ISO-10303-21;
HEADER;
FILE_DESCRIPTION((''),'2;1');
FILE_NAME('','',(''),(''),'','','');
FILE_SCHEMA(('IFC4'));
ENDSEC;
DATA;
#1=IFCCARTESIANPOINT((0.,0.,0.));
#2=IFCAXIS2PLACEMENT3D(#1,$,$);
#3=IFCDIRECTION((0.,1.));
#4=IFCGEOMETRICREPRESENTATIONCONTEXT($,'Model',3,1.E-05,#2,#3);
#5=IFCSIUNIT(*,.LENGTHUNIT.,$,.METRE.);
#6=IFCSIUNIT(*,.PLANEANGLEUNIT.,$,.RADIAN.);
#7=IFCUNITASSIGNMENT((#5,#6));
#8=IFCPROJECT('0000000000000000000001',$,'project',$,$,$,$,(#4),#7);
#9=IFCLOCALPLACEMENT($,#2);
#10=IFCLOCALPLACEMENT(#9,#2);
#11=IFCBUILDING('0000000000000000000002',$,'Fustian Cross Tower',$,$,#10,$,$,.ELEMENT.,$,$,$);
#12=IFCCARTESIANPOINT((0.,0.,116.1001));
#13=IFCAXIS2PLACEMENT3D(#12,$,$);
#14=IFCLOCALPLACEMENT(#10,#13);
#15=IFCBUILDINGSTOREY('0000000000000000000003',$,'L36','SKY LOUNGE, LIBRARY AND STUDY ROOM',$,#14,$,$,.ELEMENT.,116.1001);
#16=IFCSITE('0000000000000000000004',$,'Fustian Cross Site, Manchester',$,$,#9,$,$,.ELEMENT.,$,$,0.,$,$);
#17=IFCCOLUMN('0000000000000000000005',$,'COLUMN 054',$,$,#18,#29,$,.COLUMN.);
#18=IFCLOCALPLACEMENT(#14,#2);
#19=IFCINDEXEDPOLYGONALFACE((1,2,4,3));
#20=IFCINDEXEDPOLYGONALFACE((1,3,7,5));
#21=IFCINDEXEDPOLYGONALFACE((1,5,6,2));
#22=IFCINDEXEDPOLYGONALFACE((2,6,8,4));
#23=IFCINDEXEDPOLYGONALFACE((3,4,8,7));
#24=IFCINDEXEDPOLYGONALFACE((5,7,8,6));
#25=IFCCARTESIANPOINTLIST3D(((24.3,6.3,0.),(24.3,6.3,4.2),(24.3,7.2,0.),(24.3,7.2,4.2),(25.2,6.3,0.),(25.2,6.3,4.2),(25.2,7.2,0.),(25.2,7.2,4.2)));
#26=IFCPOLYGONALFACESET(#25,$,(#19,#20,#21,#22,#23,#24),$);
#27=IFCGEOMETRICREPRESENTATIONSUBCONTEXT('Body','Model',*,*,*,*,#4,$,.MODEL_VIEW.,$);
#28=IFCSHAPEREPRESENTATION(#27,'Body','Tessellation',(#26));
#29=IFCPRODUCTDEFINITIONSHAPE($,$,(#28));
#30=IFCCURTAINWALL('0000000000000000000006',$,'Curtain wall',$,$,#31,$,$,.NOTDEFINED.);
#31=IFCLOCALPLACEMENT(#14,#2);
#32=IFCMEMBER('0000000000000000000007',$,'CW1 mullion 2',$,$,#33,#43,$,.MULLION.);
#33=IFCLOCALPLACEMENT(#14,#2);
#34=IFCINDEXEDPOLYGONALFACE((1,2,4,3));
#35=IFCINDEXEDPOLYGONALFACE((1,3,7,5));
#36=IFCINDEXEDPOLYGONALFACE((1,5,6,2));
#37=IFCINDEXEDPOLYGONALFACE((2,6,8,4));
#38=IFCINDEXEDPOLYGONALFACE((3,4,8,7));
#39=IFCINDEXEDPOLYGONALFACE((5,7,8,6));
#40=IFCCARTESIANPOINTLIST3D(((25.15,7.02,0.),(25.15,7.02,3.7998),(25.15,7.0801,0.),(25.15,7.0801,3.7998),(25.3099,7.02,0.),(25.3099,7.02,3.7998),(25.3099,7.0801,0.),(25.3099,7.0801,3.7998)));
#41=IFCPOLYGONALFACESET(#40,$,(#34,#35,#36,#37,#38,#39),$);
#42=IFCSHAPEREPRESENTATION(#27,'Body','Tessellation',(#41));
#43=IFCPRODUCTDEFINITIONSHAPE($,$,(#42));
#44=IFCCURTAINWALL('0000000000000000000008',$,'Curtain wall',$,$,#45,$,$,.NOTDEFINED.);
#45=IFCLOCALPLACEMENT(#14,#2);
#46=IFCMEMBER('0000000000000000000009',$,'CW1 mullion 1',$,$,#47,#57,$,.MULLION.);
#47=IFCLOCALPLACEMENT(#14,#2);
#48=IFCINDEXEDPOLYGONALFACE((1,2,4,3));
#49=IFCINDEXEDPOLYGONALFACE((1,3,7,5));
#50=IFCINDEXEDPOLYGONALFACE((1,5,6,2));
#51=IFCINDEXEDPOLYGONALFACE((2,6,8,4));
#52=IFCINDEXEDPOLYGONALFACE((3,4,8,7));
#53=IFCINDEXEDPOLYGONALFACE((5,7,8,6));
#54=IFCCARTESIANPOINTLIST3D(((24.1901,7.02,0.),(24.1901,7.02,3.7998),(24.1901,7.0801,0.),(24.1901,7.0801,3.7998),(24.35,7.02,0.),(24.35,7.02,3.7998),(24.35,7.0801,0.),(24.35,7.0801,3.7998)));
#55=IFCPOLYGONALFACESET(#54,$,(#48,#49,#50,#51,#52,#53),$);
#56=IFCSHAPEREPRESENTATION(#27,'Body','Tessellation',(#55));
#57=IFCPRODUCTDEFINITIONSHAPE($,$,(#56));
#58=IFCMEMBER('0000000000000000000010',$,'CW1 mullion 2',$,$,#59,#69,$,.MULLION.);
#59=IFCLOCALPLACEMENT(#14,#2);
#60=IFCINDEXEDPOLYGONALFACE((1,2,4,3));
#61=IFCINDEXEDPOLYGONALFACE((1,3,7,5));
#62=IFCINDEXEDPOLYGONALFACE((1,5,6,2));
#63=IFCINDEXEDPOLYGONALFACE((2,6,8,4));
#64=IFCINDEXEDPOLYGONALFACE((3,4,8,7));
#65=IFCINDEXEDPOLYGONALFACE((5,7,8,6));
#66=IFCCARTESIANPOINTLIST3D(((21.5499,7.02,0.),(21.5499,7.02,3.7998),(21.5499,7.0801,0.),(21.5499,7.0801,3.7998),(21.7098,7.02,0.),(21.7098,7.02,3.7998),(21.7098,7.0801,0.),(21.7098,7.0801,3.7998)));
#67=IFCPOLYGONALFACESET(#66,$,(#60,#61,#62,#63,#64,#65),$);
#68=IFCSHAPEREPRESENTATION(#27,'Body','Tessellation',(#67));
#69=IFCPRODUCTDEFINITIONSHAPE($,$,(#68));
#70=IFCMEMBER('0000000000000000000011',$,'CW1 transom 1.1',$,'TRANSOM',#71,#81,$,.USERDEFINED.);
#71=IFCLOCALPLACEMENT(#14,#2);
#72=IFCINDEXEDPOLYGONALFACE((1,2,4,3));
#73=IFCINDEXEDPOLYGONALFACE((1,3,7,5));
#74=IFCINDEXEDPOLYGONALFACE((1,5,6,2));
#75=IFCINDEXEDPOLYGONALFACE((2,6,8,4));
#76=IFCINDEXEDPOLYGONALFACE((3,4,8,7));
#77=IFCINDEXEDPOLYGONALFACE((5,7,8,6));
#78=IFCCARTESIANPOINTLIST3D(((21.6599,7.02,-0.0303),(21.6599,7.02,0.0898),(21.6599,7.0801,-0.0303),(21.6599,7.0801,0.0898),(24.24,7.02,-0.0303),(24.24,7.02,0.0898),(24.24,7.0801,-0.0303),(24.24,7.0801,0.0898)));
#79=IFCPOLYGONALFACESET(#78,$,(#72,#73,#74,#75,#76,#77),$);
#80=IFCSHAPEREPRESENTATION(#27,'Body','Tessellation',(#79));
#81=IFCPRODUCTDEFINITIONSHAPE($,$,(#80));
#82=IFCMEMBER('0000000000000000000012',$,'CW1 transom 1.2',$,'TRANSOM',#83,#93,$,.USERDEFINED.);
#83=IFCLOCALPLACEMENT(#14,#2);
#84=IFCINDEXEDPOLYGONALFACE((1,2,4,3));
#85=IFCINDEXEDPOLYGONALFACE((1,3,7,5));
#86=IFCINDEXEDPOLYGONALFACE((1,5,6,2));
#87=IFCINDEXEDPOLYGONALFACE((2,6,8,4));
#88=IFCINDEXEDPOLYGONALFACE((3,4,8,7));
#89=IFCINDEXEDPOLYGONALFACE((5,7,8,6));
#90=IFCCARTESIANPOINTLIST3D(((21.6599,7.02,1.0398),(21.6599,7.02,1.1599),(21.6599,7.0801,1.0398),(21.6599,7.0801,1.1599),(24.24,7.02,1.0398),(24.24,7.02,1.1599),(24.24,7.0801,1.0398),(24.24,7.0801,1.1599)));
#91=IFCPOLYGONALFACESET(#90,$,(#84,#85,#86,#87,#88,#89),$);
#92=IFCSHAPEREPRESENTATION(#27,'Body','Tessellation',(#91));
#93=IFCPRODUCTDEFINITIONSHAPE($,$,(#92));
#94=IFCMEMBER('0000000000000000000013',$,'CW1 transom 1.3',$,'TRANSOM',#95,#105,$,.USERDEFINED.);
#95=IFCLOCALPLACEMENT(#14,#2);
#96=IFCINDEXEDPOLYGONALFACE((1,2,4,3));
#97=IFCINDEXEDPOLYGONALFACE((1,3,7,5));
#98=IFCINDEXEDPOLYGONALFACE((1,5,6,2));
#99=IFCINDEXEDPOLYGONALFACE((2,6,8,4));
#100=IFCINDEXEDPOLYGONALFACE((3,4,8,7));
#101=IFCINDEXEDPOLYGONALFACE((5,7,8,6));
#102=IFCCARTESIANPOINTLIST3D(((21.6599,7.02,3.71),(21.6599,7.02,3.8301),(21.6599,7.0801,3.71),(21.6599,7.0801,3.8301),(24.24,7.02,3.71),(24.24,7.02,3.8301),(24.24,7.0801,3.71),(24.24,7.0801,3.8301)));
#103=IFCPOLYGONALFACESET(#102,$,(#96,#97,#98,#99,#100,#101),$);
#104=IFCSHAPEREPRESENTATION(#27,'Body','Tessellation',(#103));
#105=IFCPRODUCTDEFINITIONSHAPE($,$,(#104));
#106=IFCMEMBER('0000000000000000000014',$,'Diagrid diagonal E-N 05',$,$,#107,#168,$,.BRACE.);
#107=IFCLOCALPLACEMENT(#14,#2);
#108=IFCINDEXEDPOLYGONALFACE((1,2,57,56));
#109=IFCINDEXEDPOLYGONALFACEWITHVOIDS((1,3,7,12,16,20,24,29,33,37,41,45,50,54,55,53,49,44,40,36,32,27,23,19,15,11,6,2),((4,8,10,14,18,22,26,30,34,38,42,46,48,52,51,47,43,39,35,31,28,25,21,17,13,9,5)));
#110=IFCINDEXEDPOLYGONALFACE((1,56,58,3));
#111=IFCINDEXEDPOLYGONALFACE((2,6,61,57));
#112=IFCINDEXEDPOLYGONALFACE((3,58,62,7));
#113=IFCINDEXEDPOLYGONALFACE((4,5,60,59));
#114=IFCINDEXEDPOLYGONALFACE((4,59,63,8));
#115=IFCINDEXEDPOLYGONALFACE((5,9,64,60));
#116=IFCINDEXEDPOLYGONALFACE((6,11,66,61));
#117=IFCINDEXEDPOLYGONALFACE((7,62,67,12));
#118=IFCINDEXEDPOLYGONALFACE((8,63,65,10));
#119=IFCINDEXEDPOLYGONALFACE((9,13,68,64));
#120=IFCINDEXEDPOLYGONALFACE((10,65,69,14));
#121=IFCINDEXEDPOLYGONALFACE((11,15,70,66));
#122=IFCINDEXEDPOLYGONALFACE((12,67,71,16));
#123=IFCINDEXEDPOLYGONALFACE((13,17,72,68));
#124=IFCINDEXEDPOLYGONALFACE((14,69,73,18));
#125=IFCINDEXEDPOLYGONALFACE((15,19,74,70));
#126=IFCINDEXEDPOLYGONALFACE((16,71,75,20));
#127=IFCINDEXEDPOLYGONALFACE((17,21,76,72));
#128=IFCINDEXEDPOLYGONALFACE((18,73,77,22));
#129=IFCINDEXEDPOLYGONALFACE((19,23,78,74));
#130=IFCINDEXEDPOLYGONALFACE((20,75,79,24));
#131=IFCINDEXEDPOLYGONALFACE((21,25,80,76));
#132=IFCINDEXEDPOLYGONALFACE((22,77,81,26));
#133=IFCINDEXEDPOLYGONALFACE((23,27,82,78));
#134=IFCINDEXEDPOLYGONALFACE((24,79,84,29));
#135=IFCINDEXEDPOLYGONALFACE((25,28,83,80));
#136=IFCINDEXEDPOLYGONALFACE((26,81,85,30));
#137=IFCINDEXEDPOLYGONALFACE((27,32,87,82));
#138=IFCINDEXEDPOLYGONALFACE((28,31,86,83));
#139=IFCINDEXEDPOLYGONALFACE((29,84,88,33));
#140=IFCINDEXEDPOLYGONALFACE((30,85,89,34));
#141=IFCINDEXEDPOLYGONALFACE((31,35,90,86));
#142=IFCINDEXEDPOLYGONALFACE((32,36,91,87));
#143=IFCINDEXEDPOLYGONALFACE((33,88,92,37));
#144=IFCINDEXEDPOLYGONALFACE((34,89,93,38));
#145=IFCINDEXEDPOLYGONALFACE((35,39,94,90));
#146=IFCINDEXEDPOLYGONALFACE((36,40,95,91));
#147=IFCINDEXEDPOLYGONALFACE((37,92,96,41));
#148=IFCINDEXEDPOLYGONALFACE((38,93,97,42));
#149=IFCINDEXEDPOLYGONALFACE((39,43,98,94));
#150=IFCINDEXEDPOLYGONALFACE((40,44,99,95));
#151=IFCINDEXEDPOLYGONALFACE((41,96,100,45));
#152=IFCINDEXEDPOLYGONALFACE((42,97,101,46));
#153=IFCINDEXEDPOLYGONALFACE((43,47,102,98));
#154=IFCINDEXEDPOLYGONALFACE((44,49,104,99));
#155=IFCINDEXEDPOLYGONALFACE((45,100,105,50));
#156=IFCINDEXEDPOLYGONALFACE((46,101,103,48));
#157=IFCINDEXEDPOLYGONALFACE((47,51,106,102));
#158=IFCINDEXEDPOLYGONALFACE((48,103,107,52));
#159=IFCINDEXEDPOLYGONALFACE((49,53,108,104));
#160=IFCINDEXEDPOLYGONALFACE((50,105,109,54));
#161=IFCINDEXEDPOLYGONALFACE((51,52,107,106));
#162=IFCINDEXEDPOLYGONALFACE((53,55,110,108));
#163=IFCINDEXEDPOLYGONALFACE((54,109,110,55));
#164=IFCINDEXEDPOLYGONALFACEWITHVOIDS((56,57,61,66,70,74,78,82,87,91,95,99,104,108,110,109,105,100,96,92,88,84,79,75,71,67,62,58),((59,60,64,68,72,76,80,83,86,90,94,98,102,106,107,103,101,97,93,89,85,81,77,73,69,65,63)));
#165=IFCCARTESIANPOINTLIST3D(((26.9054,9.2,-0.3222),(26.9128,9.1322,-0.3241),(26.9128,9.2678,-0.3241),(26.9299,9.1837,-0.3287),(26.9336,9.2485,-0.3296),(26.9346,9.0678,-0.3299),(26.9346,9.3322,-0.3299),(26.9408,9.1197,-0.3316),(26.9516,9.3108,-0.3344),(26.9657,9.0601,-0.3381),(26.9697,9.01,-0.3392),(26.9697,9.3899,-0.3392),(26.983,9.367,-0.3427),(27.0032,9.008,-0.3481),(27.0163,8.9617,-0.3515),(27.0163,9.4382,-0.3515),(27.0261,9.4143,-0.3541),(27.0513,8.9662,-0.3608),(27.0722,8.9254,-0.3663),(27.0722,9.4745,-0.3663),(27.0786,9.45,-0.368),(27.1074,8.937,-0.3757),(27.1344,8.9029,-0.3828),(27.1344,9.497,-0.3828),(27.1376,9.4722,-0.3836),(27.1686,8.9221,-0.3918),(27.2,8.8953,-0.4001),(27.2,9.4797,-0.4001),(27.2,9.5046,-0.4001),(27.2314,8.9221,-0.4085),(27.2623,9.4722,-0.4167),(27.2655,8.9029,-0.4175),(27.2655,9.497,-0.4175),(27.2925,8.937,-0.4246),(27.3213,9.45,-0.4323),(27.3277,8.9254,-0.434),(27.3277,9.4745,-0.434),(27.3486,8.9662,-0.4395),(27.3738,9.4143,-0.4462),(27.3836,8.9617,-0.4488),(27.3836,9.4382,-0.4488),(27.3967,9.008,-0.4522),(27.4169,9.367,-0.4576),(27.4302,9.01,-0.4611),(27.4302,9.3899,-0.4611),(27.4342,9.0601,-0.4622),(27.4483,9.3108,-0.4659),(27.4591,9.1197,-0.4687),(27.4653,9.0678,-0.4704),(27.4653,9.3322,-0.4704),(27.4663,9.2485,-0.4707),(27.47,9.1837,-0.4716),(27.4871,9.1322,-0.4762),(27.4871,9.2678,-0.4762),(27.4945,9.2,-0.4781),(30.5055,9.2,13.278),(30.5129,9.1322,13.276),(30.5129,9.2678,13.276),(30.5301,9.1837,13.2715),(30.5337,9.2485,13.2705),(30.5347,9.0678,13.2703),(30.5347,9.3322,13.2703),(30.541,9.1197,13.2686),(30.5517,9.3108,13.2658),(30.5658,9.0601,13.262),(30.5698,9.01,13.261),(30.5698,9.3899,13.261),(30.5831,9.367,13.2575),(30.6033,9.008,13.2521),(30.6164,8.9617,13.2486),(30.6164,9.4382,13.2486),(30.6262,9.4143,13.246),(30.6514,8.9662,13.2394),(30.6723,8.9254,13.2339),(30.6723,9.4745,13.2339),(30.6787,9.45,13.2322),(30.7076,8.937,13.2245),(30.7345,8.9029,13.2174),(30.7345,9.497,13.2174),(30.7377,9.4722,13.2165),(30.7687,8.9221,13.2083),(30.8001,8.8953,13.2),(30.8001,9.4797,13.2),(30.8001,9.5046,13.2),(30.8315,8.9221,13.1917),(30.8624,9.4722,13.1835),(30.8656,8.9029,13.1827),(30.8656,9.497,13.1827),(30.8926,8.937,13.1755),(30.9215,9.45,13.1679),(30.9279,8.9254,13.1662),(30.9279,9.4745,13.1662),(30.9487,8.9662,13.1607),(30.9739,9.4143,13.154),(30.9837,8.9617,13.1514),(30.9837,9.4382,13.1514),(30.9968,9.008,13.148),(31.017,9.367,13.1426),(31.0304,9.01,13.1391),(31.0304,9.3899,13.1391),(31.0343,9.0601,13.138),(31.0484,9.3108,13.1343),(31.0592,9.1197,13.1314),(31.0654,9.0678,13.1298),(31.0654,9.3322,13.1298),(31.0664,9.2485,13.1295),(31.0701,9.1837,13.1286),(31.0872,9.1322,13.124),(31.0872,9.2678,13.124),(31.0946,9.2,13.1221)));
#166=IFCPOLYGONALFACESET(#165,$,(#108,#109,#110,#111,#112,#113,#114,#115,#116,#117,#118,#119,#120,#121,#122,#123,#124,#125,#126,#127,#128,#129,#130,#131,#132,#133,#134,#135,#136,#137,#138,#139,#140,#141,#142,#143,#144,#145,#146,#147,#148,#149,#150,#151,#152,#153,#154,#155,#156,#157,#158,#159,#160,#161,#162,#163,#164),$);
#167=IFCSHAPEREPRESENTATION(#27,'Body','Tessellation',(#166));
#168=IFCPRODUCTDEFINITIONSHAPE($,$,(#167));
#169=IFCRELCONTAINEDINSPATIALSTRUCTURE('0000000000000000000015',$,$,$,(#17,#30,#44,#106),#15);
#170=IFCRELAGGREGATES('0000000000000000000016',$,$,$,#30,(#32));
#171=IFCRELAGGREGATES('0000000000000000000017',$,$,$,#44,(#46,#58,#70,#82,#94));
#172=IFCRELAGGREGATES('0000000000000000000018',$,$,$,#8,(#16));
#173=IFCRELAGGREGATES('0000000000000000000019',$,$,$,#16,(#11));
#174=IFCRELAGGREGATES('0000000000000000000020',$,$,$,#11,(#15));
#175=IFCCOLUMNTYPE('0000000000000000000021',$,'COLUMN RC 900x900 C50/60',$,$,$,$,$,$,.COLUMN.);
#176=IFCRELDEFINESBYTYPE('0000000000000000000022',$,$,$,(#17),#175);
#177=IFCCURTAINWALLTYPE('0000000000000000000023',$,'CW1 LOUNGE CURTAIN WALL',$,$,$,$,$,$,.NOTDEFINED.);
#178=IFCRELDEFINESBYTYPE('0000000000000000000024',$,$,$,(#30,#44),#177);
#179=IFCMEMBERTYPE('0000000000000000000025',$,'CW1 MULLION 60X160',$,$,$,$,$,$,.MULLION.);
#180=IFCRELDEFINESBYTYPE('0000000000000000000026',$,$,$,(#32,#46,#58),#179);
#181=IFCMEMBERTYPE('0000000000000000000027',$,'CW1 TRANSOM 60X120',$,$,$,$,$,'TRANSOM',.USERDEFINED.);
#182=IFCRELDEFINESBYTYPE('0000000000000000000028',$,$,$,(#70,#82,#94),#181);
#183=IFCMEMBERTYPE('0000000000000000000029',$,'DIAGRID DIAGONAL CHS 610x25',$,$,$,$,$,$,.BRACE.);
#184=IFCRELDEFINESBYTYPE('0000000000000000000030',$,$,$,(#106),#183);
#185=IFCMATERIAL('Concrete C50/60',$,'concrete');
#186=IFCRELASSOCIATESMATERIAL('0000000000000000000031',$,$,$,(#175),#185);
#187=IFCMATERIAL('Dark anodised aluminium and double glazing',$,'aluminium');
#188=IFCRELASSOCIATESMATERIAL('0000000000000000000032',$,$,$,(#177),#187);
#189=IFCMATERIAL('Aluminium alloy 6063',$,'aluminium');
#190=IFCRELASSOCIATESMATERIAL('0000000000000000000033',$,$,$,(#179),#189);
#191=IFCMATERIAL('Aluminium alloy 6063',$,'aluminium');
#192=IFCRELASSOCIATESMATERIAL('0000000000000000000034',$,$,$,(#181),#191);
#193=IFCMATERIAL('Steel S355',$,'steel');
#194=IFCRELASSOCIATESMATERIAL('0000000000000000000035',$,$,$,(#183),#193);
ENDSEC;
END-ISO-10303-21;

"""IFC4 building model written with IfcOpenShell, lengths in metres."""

from ifc_helpers import new_model, si_unit, direction, frame, origin, origin_2d, place, context, subcontext, project, spatial, rectangle, hollow_circle, extrude, material, material_profile, profile_set, type_object, element, aggregate, save


model = new_model("IFC4")

# Units and contexts
model_context = context("Model", 3, precision=1e-05, world=origin(), true_north=direction((0.0, 1.0)))
body_context = subcontext(model_context, "Body", "Model", "MODEL_VIEW")
ifc_project = project(units=[si_unit("LENGTHUNIT", "METRE"), si_unit("PLANEANGLEUNIT", "RADIAN")], contexts=[model_context])

# Site, building, storey
site_placement = place(None, origin())
site = spatial("IfcSite", under=ifc_project, at=site_placement, Name="Fustian Cross Site, Manchester", CompositionType="ELEMENT", RefElevation=0.0)
building_placement = place(site_placement, origin())
building = spatial("IfcBuilding", under=site, at=building_placement, Name="Fustian Cross Tower", CompositionType="ELEMENT")
storey_placement = place(building_placement, frame((0.0, 0.0, 116.1001)))
storey = spatial("IfcBuildingStorey", under=building, at=storey_placement, Name="L36", Description="SKY LOUNGE, LIBRARY AND STUDY ROOM", CompositionType="ELEMENT", Elevation=116.1001)

# Column
ifc_material_1 = material(Name="Concrete C50/60", Category="concrete")
ifc_material_profile_1 = material_profile(ifc_material_1, rectangle(XDim=0.8999, YDim=0.8999, at=origin_2d()), Name="RC 900x900")
ifc_profile_set_1 = profile_set([ifc_material_profile_1], Name="Concrete C50/60")
column_type = type_object("IfcColumnType", Name="COLUMN RC 900x900 C50/60", PredefinedType="COLUMN", material=ifc_profile_set_1)
column_placement = place(storey_placement, frame((24.75, 6.75, 0.0), z_axis=(0.0, 0.0, 1.0), x_axis=(1.0, 0.0, 0.0)))
element("IfcColumn", 1, at=column_placement, inside=storey, type_object=column_type, Name="COLUMN 054", PredefinedType="COLUMN", context=body_context, shape_type="SweptSolid", body=[
    extrude(rectangle(XDim=0.8999, YDim=0.8999, at=origin_2d()), origin(), (0.0, 0.0, 1.0), 4.2),
])

# Curtain wall, member
ifc_material_2 = material(Name="Dark anodised aluminium and double glazing", Category="aluminium")
curtain_wall_type = type_object("IfcCurtainWallType", Name="CW1 LOUNGE CURTAIN WALL", PredefinedType="NOTDEFINED", material=ifc_material_2)
curtain_wall_1_placement = place(storey_placement, origin())
curtain_wall_1 = element("IfcCurtainWall", 2, at=curtain_wall_1_placement, inside=storey, type_object=curtain_wall_type, Name="Curtain wall", PredefinedType="NOTDEFINED")
ifc_material_3 = material(Name="Aluminium alloy 6063", Category="aluminium")
ifc_material_profile_2 = material_profile(ifc_material_3, rectangle(XDim=0.0601, YDim=0.1599, at=origin_2d()), Name="CW1 MULLION 60X160")
ifc_profile_set_2 = profile_set([ifc_material_profile_2], Name="Aluminium alloy 6063")
member_type_1 = type_object("IfcMemberType", Name="CW1 MULLION 60X160", PredefinedType="MULLION", material=ifc_profile_set_2)
member_1_placement = place(storey_placement, frame((25.23, 7.05, 0.0), z_axis=(0.0, 0.0, 1.0), x_axis=(0.0, -1.0, 0.0)))
member_1 = element("IfcMember", 3, at=member_1_placement, type_object=member_type_1, Name="CW1 mullion 2", PredefinedType="MULLION", context=body_context, shape_type="SweptSolid", body=[
    extrude(rectangle(XDim=0.0601, YDim=0.1599, at=origin_2d()), origin(), (0.0, 0.0, 1.0), 3.7998),
])

# Curtain wall, members
curtain_wall_2_placement = place(storey_placement, origin())
curtain_wall_2 = element("IfcCurtainWall", 4, at=curtain_wall_2_placement, inside=storey, type_object=curtain_wall_type, Name="Curtain wall", PredefinedType="NOTDEFINED")
member_2_placement = place(storey_placement, frame((24.27, 7.05, 0.0), z_axis=(0.0, 0.0, 1.0), x_axis=(0.0, -1.0, 0.0)))
member_2 = element("IfcMember", 5, at=member_2_placement, type_object=member_type_1, Name="CW1 mullion 1", PredefinedType="MULLION", context=body_context, shape_type="SweptSolid", body=[
    extrude(rectangle(XDim=0.0601, YDim=0.1599, at=origin_2d()), origin(), (0.0, 0.0, 1.0), 3.7998),
])
member_3_placement = place(storey_placement, frame((21.6299, 7.05, 0.0), z_axis=(0.0, 0.0, 1.0), x_axis=(0.0, -1.0, 0.0)))
member_3 = element("IfcMember", 6, at=member_3_placement, type_object=member_type_1, Name="CW1 mullion 2", PredefinedType="MULLION", context=body_context, shape_type="SweptSolid", body=[
    extrude(rectangle(XDim=0.0601, YDim=0.1599, at=origin_2d()), origin(), (0.0, 0.0, 1.0), 3.7998),
])
ifc_material_4 = material(Name="Aluminium alloy 6063", Category="aluminium")
ifc_material_profile_3 = material_profile(ifc_material_4, rectangle(XDim=0.0601, YDim=0.1201, at=origin_2d()), Name="CW1 TRANSOM 60X120")
ifc_profile_set_3 = profile_set([ifc_material_profile_3], Name="Aluminium alloy 6063")
member_type_2 = type_object("IfcMemberType", Name="CW1 TRANSOM 60X120", ElementType="TRANSOM", PredefinedType="USERDEFINED", material=ifc_profile_set_3)
member_4_placement = place(storey_placement, frame((24.24, 7.05, 0.0298), z_axis=(-1.0, 0.0, 0.0), x_axis=(0.0, -1.0, 0.0)))
member_4 = element("IfcMember", 7, at=member_4_placement, type_object=member_type_2, Name="CW1 transom 1.1", ObjectType="TRANSOM", PredefinedType="USERDEFINED", context=body_context, shape_type="SweptSolid", body=[
    extrude(rectangle(XDim=0.0601, YDim=0.1201, at=origin_2d()), origin(), (0.0, 0.0, 1.0), 2.5801),
])
member_5_placement = place(storey_placement, frame((24.24, 7.05, 1.0999), z_axis=(-1.0, 0.0, 0.0), x_axis=(0.0, -1.0, 0.0)))
member_5 = element("IfcMember", 8, at=member_5_placement, type_object=member_type_2, Name="CW1 transom 1.2", ObjectType="TRANSOM", PredefinedType="USERDEFINED", context=body_context, shape_type="SweptSolid", body=[
    extrude(rectangle(XDim=0.0601, YDim=0.1201, at=origin_2d()), origin(), (0.0, 0.0, 1.0), 2.5801),
])
member_6_placement = place(storey_placement, frame((24.24, 7.05, 3.77), z_axis=(-1.0, 0.0, 0.0), x_axis=(0.0, -1.0, 0.0)))
member_6 = element("IfcMember", 9, at=member_6_placement, type_object=member_type_2, Name="CW1 transom 1.3", ObjectType="TRANSOM", PredefinedType="USERDEFINED", context=body_context, shape_type="SweptSolid", body=[
    extrude(rectangle(XDim=0.0601, YDim=0.1201, at=origin_2d()), origin(), (0.0, 0.0, 1.0), 2.5801),
])

# Member
ifc_material_5 = material(Name="Steel S355", Category="steel")
ifc_material_profile_4 = material_profile(ifc_material_5, hollow_circle(Radius=0.3047, WallThickness=0.0249, at=origin_2d()), Name="CHS 610x25")
ifc_profile_set_4 = profile_set([ifc_material_profile_4], Name="Steel S355")
member_type_3 = type_object("IfcMemberType", Name="DIAGRID DIAGONAL CHS 610x25", PredefinedType="BRACE", material=ifc_profile_set_4)
member_7_placement = place(storey_placement, frame((27.2, 9.2, -0.4001), z_axis=(0.255897, 0.0, 0.966704), x_axis=(0.0, 1.0, 0.0)))
element("IfcMember", 10, at=member_7_placement, inside=storey, type_object=member_type_3, Name="Diagrid diagonal E-N 05", PredefinedType="BRACE", context=body_context, shape_type="SweptSolid", body=[
    extrude(hollow_circle(Radius=0.3047, WallThickness=0.0249, at=origin_2d()), origin(), (0.0, 0.0, 1.0), 14.0686),
])

aggregate(curtain_wall_1, [member_1])
aggregate(curtain_wall_2, [member_2, member_3, member_4, member_5, member_6])

save(model, "model.ifc")
